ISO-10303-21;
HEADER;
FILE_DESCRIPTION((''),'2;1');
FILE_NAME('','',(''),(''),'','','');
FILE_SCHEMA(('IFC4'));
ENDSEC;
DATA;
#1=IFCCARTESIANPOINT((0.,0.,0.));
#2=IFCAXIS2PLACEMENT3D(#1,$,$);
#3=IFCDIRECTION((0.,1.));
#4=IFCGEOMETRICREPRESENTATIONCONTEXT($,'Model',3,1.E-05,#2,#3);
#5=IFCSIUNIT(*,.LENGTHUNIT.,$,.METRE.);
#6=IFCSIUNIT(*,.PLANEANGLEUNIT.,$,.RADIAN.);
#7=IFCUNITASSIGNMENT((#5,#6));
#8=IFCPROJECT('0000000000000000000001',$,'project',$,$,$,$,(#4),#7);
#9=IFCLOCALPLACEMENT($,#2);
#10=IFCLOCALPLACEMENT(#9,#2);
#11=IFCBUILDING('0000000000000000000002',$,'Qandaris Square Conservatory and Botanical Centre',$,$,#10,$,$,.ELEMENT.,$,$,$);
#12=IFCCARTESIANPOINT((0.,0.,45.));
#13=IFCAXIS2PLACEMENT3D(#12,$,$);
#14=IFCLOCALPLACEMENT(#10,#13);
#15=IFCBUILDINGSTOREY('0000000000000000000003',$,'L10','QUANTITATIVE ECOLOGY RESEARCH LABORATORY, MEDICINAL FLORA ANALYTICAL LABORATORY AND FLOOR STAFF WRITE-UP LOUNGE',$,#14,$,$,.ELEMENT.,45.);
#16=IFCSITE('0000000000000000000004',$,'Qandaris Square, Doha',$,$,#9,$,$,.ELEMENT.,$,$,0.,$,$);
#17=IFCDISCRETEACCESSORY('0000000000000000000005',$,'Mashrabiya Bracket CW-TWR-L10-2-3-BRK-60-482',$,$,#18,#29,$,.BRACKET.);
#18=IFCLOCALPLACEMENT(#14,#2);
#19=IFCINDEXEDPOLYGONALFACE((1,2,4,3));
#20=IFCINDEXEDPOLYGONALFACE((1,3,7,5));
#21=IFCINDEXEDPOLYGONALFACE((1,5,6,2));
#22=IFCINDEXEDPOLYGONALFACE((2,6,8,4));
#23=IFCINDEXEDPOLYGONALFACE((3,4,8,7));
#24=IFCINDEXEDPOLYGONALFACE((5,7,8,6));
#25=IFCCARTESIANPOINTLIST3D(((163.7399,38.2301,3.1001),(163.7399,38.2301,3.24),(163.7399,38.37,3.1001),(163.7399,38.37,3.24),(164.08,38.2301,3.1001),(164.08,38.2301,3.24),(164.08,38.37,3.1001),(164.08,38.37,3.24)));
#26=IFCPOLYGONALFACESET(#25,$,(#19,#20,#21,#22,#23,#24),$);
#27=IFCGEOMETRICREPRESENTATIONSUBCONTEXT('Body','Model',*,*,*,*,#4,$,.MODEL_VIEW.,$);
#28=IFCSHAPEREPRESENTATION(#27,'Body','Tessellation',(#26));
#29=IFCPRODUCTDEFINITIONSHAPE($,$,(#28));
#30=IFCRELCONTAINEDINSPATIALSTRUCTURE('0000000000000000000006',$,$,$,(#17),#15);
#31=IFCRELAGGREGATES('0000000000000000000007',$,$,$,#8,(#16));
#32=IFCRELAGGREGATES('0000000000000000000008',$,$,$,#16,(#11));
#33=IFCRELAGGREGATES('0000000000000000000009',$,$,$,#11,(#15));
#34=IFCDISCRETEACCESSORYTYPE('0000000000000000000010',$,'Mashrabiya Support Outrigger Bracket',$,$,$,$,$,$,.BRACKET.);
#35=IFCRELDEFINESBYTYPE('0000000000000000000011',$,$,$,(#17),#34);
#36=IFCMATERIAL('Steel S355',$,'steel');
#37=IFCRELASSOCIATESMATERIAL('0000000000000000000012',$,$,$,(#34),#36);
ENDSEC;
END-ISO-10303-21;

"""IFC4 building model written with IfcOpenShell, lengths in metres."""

from ifc_helpers import new_model, si_unit, direction, frame, origin, origin_2d, place, context, subcontext, project, spatial, rectangle, extrude, material, type_object, element, save


model = new_model("IFC4")

# Units and contexts
model_context = context("Model", 3, precision=1e-05, world=origin(), true_north=direction((0.0, 1.0)))
body_context = subcontext(model_context, "Body", "Model", "MODEL_VIEW")
ifc_project = project(units=[si_unit("LENGTHUNIT", "METRE"), si_unit("PLANEANGLEUNIT", "RADIAN")], contexts=[model_context])

# Site, building, storey
site_placement = place(None, origin())
site = spatial("IfcSite", under=ifc_project, at=site_placement, Name="Qandaris Square, Doha", CompositionType="ELEMENT", RefElevation=0.0)
building_placement = place(site_placement, origin())
building = spatial("IfcBuilding", under=site, at=building_placement, Name="Qandaris Square Conservatory and Botanical Centre", CompositionType="ELEMENT")
storey_placement = place(building_placement, frame((0.0, 0.0, 45.0)))
storey = spatial("IfcBuildingStorey", under=building, at=storey_placement, Name="L10", Description="QUANTITATIVE ECOLOGY RESEARCH LABORATORY, MEDICINAL FLORA ANALYTICAL LABORATORY AND FLOOR STAFF WRITE-UP LOUNGE", CompositionType="ELEMENT", Elevation=45.0)

# Discrete accessory
ifc_material_1 = material(Name="Steel S355", Category="steel")
discrete_accessory_type = type_object("IfcDiscreteAccessoryType", Name="Mashrabiya Support Outrigger Bracket", PredefinedType="BRACKET", material=ifc_material_1)
for number, where, z_axis, x_axis, name in (
    (1, (163.9099, 38.3, 3.1001), (0.0, 0.0, 1.0), (0.0, 1.0, 0.0), "Mashrabiya Bracket CW-TWR-L10-2-3-BRK-60-482"),
):
    element("IfcDiscreteAccessory", number, at=place(storey_placement, frame(where, z_axis=z_axis, x_axis=x_axis)), inside=storey, type_object=discrete_accessory_type, Name=name, PredefinedType="BRACKET", context=body_context, shape_type="SweptSolid", body=[
        extrude(rectangle(XDim=0.1399, YDim=0.3401, at=origin_2d()), origin(), (0.0, 0.0, 1.0), 0.1399),
    ])

save(model, "model.ifc")
